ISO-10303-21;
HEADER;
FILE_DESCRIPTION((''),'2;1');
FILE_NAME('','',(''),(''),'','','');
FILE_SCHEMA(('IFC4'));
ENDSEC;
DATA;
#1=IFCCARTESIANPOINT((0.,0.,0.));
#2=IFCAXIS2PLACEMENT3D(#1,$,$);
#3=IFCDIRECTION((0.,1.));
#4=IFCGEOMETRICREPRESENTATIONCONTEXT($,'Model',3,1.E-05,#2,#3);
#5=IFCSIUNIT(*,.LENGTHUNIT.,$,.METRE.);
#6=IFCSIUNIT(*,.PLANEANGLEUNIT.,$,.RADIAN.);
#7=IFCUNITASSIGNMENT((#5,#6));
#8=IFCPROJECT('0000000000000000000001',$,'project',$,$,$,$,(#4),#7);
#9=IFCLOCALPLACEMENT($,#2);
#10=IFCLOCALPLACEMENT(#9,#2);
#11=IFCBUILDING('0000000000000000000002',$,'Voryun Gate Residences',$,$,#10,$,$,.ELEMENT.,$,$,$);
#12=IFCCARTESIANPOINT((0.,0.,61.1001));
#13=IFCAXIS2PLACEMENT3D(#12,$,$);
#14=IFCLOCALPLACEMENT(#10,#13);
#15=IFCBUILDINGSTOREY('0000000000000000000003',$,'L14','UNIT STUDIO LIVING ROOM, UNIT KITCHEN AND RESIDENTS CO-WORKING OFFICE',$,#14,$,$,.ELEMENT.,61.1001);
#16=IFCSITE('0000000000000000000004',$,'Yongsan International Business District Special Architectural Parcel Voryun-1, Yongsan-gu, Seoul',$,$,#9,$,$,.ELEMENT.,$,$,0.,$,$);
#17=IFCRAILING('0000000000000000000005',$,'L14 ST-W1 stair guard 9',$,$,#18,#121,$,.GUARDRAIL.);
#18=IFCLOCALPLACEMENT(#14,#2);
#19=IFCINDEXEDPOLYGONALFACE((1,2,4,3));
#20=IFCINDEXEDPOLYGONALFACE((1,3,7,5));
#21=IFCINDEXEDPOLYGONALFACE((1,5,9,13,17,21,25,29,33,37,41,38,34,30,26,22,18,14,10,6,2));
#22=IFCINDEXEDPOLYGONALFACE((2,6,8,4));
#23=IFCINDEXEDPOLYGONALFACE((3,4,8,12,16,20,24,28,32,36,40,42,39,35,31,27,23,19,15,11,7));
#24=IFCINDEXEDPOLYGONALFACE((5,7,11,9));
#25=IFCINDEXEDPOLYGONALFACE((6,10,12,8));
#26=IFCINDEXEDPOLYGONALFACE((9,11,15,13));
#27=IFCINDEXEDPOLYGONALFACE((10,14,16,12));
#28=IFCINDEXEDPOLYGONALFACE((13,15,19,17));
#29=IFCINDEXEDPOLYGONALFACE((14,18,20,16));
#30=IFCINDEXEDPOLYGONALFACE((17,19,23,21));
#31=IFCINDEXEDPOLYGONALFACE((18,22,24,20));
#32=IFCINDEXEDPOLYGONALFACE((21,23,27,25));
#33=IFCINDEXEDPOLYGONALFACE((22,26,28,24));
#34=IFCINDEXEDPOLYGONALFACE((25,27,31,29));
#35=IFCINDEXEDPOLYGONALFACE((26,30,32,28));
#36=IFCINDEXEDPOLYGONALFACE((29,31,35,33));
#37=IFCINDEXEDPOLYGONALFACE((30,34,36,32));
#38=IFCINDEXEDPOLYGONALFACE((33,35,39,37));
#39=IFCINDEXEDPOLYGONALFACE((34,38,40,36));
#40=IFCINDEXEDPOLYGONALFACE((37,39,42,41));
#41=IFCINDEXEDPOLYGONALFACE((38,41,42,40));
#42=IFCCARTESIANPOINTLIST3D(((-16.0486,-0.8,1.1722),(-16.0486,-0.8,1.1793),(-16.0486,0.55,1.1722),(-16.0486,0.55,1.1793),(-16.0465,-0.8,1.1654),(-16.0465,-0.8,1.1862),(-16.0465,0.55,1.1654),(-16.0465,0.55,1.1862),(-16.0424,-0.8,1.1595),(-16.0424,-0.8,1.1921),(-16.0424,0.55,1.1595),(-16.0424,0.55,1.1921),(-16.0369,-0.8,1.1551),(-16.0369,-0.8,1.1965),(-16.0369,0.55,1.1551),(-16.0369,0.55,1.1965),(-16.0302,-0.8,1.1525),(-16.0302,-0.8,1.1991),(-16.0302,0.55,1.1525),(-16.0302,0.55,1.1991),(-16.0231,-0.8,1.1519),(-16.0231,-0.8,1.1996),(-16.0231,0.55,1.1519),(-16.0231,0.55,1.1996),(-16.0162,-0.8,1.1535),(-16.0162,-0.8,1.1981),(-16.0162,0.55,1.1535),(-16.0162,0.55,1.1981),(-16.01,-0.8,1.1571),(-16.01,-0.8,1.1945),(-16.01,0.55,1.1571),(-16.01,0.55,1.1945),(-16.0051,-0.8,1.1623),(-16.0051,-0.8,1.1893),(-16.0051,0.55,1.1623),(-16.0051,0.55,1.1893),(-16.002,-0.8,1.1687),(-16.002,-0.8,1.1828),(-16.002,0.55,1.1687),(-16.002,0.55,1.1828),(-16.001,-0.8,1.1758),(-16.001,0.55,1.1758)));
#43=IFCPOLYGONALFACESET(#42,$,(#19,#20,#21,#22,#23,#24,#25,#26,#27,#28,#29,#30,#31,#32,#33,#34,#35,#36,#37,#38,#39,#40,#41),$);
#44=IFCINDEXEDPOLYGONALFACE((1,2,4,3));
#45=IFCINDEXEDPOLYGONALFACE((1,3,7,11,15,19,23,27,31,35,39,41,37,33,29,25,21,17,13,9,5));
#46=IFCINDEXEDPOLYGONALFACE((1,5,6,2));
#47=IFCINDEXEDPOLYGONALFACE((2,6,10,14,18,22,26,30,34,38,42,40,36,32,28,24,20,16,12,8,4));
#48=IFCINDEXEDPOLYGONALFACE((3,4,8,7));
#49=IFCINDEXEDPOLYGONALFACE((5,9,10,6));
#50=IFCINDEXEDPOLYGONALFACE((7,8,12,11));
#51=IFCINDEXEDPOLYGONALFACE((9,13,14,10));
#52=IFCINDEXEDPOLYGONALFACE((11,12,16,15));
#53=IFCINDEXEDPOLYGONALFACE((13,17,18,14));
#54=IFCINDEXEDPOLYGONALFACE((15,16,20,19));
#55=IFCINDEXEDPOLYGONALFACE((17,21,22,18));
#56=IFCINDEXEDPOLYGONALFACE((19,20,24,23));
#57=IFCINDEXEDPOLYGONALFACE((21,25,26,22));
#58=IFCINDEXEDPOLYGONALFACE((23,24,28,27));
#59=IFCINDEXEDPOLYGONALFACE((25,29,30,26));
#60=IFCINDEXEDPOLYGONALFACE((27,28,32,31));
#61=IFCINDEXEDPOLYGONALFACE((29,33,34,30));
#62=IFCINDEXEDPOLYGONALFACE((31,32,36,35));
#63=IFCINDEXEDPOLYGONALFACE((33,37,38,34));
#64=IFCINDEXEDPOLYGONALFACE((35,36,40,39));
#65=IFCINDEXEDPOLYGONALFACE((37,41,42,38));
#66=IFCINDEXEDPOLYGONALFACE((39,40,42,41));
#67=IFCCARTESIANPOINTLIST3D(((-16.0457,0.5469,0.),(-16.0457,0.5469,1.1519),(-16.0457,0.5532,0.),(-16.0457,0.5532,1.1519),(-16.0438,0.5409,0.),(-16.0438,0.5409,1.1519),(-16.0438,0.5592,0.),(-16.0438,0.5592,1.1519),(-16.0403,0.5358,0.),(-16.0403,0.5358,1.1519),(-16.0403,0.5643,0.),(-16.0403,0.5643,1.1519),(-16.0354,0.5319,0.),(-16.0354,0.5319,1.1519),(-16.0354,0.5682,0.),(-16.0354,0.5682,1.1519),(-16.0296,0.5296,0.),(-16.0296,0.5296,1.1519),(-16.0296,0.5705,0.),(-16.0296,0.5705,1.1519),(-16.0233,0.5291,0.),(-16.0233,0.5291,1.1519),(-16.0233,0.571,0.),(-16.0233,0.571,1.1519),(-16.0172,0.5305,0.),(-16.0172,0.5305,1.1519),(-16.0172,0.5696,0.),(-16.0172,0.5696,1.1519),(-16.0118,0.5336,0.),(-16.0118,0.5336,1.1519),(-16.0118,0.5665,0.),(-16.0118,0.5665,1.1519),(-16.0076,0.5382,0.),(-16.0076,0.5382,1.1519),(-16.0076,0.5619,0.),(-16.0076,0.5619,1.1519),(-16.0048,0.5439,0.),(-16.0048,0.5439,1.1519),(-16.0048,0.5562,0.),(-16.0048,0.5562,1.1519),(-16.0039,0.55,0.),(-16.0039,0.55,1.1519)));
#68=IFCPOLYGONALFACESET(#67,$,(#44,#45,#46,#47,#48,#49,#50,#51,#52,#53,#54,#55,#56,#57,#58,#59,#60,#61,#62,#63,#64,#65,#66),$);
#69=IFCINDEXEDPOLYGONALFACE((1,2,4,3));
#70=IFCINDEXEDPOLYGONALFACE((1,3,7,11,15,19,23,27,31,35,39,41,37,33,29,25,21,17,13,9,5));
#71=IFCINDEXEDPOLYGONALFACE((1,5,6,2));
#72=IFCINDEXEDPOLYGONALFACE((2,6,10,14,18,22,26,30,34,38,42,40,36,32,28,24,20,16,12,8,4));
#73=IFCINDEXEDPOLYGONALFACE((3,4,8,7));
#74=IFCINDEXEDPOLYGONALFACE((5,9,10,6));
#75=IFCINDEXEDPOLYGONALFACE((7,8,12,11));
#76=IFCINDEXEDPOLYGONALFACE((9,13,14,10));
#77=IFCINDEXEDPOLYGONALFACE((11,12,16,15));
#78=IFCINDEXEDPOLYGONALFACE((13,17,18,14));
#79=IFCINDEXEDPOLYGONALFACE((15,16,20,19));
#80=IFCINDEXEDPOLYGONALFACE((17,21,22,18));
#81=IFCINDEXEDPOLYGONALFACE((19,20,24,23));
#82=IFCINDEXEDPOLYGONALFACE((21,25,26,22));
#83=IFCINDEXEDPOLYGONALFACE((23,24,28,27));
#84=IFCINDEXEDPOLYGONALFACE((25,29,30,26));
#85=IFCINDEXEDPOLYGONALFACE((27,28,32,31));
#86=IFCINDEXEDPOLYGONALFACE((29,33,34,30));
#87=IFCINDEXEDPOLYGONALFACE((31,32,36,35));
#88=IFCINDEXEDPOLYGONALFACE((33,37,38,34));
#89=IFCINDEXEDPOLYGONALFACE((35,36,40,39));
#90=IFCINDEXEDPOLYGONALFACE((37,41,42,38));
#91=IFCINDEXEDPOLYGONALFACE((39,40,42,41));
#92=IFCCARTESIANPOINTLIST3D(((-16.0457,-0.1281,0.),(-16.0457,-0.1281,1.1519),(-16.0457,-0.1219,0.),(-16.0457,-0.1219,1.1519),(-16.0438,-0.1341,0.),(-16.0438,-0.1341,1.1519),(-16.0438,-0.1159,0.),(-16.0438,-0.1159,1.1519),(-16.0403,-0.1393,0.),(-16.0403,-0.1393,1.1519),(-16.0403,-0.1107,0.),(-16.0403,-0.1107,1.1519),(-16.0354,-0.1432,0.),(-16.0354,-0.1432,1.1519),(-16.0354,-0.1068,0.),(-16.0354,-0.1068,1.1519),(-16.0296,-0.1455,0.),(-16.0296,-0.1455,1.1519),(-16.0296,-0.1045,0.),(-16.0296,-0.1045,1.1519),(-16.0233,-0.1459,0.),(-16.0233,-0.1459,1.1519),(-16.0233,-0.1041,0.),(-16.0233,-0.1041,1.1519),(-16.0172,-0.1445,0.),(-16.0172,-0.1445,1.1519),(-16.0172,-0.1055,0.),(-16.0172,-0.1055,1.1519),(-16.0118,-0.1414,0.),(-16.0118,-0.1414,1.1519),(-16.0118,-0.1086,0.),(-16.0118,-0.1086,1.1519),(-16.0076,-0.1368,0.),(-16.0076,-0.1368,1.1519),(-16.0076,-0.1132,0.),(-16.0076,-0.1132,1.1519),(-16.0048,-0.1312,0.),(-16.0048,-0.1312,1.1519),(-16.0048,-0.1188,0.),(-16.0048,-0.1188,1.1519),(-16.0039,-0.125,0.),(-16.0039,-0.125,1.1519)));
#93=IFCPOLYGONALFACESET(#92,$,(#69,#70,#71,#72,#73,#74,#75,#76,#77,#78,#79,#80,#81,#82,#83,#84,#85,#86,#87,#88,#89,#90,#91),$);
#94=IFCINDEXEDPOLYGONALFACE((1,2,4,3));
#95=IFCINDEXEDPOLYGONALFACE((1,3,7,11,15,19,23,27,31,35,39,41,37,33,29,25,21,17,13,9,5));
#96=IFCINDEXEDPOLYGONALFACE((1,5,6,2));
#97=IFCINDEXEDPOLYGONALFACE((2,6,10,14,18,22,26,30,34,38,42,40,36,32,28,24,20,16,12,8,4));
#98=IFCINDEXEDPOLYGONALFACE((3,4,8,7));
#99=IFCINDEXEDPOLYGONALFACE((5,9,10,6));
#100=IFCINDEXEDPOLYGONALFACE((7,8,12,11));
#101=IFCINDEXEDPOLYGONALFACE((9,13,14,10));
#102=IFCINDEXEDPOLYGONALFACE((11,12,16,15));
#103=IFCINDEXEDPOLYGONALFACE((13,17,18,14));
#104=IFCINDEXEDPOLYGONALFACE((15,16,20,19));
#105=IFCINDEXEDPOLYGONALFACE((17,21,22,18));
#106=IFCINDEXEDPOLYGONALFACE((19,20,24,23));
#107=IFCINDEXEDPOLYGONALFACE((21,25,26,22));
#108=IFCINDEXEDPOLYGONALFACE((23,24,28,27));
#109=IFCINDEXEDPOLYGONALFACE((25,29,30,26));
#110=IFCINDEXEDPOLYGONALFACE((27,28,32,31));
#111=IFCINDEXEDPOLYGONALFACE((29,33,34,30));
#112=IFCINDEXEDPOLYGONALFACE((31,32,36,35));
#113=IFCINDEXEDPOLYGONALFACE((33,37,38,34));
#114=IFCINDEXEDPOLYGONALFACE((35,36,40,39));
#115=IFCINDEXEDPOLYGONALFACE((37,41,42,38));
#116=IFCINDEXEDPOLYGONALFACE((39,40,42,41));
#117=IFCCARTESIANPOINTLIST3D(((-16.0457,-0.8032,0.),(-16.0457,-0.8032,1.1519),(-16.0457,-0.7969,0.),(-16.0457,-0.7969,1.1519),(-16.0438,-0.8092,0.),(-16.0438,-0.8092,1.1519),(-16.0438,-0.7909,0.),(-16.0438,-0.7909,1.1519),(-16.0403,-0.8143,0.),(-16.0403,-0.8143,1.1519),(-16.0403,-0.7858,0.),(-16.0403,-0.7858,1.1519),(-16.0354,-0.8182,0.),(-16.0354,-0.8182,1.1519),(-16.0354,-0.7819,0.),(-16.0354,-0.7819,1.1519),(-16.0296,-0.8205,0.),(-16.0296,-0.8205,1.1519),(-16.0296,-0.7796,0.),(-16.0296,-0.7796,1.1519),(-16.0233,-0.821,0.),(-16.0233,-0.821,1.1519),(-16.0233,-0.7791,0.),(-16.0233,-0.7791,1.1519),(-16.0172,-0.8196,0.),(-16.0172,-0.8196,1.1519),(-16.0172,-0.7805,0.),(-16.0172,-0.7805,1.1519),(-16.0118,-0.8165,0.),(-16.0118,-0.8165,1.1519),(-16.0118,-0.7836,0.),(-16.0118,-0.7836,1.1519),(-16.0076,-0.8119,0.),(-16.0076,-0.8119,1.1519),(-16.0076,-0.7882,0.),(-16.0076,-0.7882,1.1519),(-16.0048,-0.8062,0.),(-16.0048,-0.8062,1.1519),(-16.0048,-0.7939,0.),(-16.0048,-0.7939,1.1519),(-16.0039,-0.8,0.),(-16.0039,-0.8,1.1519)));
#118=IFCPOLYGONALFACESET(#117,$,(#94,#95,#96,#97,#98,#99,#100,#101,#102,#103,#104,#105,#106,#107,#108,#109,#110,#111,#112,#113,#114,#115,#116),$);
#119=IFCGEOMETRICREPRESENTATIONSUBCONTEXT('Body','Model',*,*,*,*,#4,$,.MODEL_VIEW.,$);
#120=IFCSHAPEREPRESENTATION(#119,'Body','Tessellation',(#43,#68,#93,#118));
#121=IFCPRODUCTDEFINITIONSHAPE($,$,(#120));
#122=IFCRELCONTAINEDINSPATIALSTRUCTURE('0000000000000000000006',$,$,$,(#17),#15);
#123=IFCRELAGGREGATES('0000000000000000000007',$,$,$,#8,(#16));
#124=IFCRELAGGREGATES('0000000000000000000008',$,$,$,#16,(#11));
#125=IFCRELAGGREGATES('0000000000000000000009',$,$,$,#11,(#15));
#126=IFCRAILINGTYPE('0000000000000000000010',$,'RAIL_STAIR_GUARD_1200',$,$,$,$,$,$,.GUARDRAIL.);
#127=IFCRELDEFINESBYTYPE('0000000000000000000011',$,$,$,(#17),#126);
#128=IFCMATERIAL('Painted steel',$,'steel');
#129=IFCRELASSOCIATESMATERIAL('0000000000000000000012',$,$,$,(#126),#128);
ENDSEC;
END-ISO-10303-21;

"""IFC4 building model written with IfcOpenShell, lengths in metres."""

from ifc_helpers import new_model, si_unit, direction, frame, origin, origin_2d, place, context, subcontext, project, spatial, circle, extrude, material, type_object, element, save


model = new_model("IFC4")

# Units and contexts
model_context = context("Model", 3, precision=1e-05, world=origin(), true_north=direction((0.0, 1.0)))
body_context = subcontext(model_context, "Body", "Model", "MODEL_VIEW")
ifc_project = project(units=[si_unit("LENGTHUNIT", "METRE"), si_unit("PLANEANGLEUNIT", "RADIAN")], contexts=[model_context])

# Site, building, storey
site_placement = place(None, origin())
site = spatial("IfcSite", under=ifc_project, at=site_placement, Name="Yongsan International Business District Special Architectural Parcel Voryun-1, Yongsan-gu, Seoul", CompositionType="ELEMENT", RefElevation=0.0)
building_placement = place(site_placement, origin())
building = spatial("IfcBuilding", under=site, at=building_placement, Name="Voryun Gate Residences", CompositionType="ELEMENT")
storey_placement = place(building_placement, frame((0.0, 0.0, 61.1001)))
storey = spatial("IfcBuildingStorey", under=building, at=storey_placement, Name="L14", Description="UNIT STUDIO LIVING ROOM, UNIT KITCHEN AND RESIDENTS CO-WORKING OFFICE", CompositionType="ELEMENT", Elevation=61.1001)

# Railing
ifc_material_1 = material(Name="Painted steel", Category="steel")
railing_type = type_object("IfcRailingType", Name="RAIL_STAIR_GUARD_1200", PredefinedType="GUARDRAIL", material=ifc_material_1)
for number, where, name in (
    (1, (-16.0249, 0.55, 0.0), "L14 ST-W1 stair guard 9"),
):
    element("IfcRailing", number, at=place(storey_placement, frame(where)), inside=storey, type_object=railing_type, Name=name, PredefinedType="GUARDRAIL", context=body_context, shape_type="SweptSolid", body=[
        extrude(circle(Radius=0.0239, at=origin_2d()), frame((0.0, 0.0, 1.1758), z_axis=(0.0, -1.0, 0.0), x_axis=(1.0, 0.0, 0.0)), (0.0, 0.0, 1.0), 1.3501),
        extrude(circle(Radius=0.021, at=origin_2d()), origin(), (0.0, 0.0, 1.0), 1.1519),
        extrude(circle(Radius=0.021, at=origin_2d()), frame((0.0, -0.675, 0.0)), (0.0, 0.0, 1.0), 1.1519),
        extrude(circle(Radius=0.021, at=origin_2d()), frame((0.0, -1.3501, 0.0)), (0.0, 0.0, 1.0), 1.1519),
    ])

save(model, "model.ifc")
